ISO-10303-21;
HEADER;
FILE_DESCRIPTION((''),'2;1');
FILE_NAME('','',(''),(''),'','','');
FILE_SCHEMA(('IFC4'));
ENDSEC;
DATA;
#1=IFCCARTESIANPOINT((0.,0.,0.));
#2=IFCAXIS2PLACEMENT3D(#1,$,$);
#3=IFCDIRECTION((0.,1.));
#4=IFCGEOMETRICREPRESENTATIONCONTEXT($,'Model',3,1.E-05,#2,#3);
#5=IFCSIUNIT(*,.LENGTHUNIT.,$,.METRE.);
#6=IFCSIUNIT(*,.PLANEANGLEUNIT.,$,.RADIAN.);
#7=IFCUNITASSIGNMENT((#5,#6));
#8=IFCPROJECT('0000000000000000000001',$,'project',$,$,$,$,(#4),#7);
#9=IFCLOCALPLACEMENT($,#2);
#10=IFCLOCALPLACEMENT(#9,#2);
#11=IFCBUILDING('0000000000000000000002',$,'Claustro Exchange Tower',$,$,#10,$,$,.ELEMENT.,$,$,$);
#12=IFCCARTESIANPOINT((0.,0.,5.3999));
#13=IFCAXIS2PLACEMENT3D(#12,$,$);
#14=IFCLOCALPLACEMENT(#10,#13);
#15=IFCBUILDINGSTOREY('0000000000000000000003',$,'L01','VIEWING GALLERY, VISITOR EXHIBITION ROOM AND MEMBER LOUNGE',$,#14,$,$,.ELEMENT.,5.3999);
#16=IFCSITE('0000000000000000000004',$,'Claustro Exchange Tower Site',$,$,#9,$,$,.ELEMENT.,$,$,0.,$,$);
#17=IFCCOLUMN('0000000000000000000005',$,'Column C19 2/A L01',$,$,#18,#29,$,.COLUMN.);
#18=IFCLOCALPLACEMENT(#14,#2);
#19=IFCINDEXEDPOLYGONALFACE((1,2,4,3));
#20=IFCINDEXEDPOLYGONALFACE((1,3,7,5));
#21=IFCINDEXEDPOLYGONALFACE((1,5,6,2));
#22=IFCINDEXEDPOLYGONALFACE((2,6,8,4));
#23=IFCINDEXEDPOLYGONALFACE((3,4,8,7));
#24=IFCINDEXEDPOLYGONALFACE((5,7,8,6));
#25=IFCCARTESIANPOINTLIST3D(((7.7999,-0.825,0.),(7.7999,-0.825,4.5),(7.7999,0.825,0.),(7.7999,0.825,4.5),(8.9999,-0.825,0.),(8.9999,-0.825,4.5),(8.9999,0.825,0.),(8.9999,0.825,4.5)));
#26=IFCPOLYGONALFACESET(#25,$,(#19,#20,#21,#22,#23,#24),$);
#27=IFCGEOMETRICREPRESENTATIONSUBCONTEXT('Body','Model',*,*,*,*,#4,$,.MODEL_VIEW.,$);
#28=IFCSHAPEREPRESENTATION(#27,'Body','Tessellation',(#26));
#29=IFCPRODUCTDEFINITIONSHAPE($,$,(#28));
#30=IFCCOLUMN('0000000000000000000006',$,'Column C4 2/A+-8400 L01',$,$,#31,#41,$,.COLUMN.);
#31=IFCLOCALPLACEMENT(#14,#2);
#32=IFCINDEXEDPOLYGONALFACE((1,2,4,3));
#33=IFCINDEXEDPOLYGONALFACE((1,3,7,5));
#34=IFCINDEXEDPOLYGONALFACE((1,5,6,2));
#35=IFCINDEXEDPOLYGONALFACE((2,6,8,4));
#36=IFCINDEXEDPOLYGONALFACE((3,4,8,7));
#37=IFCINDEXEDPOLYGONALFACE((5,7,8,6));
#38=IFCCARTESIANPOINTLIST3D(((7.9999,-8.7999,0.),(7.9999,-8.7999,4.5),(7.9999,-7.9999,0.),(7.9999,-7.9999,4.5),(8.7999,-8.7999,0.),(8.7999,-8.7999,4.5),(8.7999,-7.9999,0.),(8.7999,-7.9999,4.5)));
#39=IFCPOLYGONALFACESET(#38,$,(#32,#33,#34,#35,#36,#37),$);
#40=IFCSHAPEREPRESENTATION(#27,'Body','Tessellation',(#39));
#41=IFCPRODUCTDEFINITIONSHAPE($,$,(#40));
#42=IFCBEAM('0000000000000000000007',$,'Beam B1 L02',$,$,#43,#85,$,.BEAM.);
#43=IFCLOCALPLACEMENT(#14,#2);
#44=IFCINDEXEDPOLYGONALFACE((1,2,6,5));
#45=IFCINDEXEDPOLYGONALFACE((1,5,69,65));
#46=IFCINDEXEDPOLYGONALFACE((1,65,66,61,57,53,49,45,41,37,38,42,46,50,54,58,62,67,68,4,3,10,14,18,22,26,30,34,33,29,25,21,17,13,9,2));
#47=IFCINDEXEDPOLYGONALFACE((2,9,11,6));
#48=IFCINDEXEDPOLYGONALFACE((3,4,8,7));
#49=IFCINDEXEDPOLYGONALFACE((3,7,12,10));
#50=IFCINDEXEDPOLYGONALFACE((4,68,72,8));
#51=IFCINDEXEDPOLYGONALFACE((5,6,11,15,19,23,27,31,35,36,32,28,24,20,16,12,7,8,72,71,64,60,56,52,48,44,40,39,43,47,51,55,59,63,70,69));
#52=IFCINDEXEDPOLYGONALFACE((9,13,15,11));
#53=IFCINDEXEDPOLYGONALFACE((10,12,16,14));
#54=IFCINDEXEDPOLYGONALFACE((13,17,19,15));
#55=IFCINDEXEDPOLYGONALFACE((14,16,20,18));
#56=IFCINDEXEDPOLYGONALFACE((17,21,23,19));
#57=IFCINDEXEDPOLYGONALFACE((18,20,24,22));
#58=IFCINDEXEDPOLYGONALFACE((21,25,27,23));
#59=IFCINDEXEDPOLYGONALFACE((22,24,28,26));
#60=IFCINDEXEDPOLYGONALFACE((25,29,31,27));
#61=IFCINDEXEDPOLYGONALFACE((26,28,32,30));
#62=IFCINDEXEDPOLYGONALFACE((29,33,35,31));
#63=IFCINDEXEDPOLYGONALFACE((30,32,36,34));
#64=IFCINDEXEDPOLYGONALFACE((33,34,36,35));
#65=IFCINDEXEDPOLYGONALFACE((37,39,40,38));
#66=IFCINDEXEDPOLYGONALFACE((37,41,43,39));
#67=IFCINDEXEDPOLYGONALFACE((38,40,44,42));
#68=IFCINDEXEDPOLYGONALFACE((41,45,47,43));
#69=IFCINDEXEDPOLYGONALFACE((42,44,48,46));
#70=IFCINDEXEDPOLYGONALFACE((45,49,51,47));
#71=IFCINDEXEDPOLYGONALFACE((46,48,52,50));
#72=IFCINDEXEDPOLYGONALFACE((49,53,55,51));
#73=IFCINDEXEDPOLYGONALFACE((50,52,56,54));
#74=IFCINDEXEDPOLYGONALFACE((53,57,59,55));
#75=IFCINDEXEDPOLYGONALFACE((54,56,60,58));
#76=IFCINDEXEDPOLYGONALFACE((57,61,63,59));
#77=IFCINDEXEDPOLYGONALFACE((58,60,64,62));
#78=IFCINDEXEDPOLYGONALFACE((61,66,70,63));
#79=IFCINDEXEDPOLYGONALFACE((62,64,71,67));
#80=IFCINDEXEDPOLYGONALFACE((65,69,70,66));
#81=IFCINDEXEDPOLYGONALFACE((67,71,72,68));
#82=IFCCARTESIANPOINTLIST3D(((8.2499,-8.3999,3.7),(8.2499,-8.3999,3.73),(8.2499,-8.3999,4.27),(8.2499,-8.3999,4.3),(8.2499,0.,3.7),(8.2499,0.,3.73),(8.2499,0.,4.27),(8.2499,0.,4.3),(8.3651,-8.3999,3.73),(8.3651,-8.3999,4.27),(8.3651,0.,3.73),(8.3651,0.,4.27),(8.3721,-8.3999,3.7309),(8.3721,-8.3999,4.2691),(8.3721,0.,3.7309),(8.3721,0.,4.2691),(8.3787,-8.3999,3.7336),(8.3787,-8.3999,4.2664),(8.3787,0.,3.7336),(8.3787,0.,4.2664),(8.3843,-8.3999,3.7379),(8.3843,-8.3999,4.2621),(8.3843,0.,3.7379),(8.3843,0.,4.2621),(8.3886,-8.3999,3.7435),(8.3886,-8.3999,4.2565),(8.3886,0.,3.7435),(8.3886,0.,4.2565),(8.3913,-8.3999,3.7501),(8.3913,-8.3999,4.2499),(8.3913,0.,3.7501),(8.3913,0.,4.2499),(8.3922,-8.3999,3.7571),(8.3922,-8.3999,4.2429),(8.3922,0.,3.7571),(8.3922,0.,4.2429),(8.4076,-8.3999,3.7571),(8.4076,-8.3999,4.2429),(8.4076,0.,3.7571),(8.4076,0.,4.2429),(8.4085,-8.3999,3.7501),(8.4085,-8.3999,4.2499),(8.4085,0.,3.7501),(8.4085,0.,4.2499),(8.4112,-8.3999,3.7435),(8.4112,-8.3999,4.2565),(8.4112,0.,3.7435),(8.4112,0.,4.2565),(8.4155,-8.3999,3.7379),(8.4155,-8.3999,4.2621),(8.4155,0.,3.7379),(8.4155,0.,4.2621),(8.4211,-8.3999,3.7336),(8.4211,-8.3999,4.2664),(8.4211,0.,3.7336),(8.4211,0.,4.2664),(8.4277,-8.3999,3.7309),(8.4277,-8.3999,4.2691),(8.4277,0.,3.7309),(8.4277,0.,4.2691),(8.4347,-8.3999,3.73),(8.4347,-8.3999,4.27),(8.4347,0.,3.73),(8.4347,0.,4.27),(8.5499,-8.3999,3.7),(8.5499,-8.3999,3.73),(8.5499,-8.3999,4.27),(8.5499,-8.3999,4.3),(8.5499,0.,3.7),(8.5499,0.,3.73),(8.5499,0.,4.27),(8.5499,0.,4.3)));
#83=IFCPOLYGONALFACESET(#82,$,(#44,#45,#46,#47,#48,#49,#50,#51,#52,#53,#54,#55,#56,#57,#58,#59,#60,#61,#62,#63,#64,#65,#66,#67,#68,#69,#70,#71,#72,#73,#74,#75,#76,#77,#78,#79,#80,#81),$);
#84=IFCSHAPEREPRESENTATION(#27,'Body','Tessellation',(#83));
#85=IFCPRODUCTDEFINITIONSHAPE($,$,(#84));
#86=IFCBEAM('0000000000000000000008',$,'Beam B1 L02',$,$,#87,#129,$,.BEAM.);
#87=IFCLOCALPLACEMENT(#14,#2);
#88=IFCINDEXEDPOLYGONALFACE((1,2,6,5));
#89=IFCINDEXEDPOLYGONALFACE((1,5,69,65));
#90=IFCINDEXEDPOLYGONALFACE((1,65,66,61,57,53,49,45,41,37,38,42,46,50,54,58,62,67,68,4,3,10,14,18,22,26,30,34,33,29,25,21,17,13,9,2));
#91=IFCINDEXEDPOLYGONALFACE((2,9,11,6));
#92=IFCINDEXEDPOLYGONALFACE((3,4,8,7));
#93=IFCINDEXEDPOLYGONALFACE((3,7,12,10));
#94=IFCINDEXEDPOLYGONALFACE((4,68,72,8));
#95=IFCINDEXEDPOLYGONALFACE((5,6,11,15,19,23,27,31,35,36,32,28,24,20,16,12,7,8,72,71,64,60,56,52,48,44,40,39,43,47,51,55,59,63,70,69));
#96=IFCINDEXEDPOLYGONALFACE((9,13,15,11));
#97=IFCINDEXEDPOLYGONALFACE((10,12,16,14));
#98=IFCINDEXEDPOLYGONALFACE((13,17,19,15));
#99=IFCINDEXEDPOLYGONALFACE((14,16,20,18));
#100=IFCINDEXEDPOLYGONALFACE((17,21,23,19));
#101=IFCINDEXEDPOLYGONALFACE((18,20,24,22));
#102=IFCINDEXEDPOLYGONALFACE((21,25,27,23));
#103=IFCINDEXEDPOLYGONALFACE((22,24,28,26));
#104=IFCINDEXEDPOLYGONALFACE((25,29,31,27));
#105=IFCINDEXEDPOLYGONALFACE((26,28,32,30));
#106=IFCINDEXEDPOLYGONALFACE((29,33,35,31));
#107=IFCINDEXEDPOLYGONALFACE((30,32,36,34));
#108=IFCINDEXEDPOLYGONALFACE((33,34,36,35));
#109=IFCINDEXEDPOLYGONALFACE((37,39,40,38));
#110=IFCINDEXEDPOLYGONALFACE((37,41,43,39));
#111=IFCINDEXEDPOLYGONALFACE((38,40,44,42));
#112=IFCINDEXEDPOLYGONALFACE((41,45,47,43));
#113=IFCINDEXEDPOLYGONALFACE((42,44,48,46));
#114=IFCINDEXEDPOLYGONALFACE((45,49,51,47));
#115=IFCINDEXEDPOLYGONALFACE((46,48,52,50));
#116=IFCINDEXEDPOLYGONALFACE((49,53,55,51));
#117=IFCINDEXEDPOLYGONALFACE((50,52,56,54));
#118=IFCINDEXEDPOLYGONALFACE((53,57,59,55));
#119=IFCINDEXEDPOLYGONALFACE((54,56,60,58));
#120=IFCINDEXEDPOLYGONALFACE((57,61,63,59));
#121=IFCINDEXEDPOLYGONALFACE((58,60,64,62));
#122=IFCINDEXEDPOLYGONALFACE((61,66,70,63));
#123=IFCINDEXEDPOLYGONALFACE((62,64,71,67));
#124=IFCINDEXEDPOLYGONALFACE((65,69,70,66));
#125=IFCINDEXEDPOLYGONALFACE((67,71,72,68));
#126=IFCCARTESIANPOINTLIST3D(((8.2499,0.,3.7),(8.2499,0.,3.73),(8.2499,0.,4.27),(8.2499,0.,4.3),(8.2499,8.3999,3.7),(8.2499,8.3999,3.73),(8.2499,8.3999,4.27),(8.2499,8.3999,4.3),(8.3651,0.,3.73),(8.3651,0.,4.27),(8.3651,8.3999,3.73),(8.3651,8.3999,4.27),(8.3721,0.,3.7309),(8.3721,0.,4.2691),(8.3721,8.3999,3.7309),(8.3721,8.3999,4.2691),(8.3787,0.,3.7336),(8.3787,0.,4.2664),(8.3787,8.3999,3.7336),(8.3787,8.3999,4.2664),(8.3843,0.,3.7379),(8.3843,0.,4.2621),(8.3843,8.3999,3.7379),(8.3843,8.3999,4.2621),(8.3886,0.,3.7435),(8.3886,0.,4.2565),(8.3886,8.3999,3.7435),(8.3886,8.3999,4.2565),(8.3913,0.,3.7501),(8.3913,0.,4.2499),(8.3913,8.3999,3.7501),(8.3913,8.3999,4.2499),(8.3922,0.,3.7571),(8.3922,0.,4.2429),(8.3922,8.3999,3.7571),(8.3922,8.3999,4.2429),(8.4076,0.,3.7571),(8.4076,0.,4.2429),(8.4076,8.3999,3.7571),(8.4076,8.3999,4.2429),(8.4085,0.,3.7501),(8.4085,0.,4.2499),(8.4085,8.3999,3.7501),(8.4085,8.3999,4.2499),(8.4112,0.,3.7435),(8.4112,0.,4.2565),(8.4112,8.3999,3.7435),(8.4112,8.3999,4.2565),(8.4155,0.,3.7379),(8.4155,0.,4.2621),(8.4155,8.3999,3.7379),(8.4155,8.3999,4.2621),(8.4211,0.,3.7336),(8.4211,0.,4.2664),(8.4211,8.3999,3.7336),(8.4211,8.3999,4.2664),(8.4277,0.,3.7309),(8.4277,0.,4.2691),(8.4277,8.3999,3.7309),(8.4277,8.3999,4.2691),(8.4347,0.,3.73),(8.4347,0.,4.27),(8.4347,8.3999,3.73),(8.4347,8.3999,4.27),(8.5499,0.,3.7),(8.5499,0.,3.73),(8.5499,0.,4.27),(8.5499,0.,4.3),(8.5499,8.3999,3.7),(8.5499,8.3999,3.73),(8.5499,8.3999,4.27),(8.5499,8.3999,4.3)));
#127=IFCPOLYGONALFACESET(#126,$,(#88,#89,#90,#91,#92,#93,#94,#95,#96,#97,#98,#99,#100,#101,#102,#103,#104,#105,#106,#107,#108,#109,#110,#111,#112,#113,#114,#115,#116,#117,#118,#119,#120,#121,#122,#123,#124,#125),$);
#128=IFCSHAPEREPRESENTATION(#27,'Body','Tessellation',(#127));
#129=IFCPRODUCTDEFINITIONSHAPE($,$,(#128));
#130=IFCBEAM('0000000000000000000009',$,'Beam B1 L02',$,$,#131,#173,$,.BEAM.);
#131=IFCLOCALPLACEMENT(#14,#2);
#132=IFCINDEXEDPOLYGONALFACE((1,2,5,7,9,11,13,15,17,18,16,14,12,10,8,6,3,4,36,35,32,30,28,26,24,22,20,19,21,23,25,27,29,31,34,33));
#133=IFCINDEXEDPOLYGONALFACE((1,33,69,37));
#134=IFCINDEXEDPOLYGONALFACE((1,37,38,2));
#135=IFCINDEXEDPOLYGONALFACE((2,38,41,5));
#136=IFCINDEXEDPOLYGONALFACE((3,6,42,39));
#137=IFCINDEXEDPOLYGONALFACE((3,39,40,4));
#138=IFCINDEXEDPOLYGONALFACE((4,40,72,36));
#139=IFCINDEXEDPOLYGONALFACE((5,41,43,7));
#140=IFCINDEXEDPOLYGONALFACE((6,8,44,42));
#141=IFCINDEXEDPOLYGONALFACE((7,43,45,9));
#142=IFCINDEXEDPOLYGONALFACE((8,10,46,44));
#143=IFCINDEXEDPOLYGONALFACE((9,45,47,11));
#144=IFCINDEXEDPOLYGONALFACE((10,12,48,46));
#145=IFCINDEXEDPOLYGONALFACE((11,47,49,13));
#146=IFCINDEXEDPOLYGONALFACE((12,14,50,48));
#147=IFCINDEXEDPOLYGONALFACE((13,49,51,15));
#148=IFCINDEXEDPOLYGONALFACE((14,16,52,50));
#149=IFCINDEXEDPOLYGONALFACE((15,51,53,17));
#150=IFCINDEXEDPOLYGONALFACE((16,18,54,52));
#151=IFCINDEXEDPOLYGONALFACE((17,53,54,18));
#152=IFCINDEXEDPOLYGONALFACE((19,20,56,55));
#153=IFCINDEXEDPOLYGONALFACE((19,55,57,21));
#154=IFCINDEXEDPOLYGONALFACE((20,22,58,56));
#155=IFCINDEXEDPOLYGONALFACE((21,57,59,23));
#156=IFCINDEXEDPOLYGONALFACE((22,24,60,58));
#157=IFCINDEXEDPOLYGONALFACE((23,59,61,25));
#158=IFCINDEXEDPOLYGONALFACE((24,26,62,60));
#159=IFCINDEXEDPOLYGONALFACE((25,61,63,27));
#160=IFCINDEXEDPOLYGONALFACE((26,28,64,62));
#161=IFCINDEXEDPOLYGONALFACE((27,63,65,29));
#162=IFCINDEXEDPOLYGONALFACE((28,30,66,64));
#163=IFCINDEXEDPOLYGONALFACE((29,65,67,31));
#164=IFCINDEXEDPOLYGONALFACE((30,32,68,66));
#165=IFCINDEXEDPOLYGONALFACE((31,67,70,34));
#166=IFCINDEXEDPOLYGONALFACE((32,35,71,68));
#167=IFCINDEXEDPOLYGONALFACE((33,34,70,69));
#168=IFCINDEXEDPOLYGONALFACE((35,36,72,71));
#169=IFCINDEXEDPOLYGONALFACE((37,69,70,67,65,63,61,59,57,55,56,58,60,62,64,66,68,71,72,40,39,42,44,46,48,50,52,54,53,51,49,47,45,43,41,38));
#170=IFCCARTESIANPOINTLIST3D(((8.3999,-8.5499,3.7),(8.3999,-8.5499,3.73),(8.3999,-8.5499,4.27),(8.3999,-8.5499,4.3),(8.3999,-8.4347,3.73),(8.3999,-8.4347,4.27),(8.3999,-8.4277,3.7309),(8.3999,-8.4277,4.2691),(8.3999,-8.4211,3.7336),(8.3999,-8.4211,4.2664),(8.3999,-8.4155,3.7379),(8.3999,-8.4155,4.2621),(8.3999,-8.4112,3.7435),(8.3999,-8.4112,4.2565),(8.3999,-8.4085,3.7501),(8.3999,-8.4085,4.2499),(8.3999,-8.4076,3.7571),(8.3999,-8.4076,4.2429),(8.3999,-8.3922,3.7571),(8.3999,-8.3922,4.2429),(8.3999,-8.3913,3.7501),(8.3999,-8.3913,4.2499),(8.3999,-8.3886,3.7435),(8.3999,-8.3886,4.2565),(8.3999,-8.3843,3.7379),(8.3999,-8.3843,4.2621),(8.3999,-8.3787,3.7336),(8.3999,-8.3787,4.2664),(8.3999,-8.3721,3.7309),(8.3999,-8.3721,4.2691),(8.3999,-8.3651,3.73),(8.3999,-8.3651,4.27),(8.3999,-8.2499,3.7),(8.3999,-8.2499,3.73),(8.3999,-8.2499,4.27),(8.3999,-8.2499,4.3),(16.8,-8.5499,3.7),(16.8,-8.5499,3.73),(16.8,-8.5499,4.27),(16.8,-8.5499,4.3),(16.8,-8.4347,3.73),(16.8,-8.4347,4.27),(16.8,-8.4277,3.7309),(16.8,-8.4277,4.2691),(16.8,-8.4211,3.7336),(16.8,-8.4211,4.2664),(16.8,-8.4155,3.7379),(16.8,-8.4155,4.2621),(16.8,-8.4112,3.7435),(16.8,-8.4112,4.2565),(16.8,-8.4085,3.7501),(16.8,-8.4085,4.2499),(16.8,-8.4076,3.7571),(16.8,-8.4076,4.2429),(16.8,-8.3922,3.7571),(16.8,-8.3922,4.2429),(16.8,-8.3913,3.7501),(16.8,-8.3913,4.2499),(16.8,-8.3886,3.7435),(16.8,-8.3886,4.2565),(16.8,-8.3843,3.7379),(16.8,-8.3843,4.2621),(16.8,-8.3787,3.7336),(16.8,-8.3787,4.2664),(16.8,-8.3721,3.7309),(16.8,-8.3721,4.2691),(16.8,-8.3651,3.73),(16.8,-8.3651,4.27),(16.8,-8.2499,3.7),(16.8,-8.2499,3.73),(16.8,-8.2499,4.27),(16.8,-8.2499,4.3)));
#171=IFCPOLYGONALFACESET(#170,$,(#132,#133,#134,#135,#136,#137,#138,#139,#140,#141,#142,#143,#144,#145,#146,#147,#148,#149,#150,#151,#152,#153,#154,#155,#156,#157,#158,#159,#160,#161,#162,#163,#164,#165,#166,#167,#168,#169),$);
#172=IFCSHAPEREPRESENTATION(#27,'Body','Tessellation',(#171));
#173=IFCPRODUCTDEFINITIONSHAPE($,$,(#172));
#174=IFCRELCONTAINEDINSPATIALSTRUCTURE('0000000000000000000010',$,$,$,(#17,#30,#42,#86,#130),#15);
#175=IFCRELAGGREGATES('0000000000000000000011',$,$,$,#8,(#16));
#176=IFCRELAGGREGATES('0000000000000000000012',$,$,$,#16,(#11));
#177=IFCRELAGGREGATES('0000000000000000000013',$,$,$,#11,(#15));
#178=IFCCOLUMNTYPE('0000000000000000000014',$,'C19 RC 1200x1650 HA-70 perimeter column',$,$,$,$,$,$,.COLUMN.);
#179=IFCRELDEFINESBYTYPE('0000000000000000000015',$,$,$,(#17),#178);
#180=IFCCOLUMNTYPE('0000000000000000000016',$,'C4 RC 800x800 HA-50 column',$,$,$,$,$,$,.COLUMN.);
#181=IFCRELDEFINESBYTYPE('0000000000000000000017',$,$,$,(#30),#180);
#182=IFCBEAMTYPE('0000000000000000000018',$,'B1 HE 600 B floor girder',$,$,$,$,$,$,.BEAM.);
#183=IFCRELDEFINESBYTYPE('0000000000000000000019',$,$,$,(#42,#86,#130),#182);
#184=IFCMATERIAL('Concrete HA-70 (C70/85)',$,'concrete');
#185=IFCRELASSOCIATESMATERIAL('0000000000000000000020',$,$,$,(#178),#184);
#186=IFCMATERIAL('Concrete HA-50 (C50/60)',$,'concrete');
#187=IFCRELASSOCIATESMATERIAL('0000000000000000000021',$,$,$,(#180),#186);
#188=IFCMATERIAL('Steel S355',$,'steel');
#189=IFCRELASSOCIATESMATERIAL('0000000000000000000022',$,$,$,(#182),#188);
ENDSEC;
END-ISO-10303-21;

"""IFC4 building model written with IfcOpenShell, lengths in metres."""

from ifc_helpers import new_model, si_unit, direction, frame, origin, origin_2d, place, context, subcontext, project, spatial, rectangle, i_section, extrude, material, material_profile, profile_set, type_object, element, save


model = new_model("IFC4")

# Units and contexts
model_context = context("Model", 3, precision=1e-05, world=origin(), true_north=direction((0.0, 1.0)))
body_context = subcontext(model_context, "Body", "Model", "MODEL_VIEW")
ifc_project = project(units=[si_unit("LENGTHUNIT", "METRE"), si_unit("PLANEANGLEUNIT", "RADIAN")], contexts=[model_context])

# Site, building, storey
site_placement = place(None, origin())
site = spatial("IfcSite", under=ifc_project, at=site_placement, Name="Claustro Exchange Tower Site", CompositionType="ELEMENT", RefElevation=0.0)
building_placement = place(site_placement, origin())
building = spatial("IfcBuilding", under=site, at=building_placement, Name="Claustro Exchange Tower", CompositionType="ELEMENT")
storey_placement = place(building_placement, frame((0.0, 0.0, 5.3999)))
storey = spatial("IfcBuildingStorey", under=building, at=storey_placement, Name="L01", Description="VIEWING GALLERY, VISITOR EXHIBITION ROOM AND MEMBER LOUNGE", CompositionType="ELEMENT", Elevation=5.3999)

# Columns
ifc_material_1 = material(Name="Concrete HA-70 (C70/85)", Category="concrete")
ifc_material_profile_1 = material_profile(ifc_material_1, rectangle(XDim=1.2, YDim=1.6499, at=origin_2d()), Name="RC 1200x1650")
ifc_profile_set_1 = profile_set([ifc_material_profile_1], Name="Concrete HA-70 (C70/85)")
column_type_1 = type_object("IfcColumnType", Name="C19 RC 1200x1650 HA-70 perimeter column", PredefinedType="COLUMN", material=ifc_profile_set_1)
column_1_placement = place(storey_placement, frame((8.3999, 0.0, 0.0), z_axis=(0.0, 0.0, 1.0), x_axis=(1.0, 0.0, 0.0)))
element("IfcColumn", 1, at=column_1_placement, inside=storey, type_object=column_type_1, Name="Column C19 2/A L01", PredefinedType="COLUMN", context=body_context, shape_type="SweptSolid", body=[
    extrude(rectangle(XDim=1.2, YDim=1.6499, at=origin_2d()), origin(), (0.0, 0.0, 1.0), 4.5),
])
ifc_material_2 = material(Name="Concrete HA-50 (C50/60)", Category="concrete")
ifc_material_profile_2 = material_profile(ifc_material_2, rectangle(XDim=0.8, YDim=0.8, at=origin_2d()), Name="RC 800x800")
ifc_profile_set_2 = profile_set([ifc_material_profile_2], Name="Concrete HA-50 (C50/60)")
column_type_2 = type_object("IfcColumnType", Name="C4 RC 800x800 HA-50 column", PredefinedType="COLUMN", material=ifc_profile_set_2)
column_2_placement = place(storey_placement, frame((8.3999, -8.3999, 0.0), z_axis=(0.0, 0.0, 1.0), x_axis=(1.0, 0.0, 0.0)))
element("IfcColumn", 2, at=column_2_placement, inside=storey, type_object=column_type_2, Name="Column C4 2/A+-8400 L01", PredefinedType="COLUMN", context=body_context, shape_type="SweptSolid", body=[
    extrude(rectangle(XDim=0.8, YDim=0.8, at=origin_2d()), origin(), (0.0, 0.0, 1.0), 4.5),
])

# Beams
ifc_material_3 = material(Name="Steel S355", Category="steel")
ifc_material_profile_3 = material_profile(ifc_material_3, i_section(OverallWidth=0.3, OverallDepth=0.6001, WebThickness=0.0154, FlangeThickness=0.03, FilletRadius=0.0271, at=origin_2d()), Name="HE 600 B")
ifc_profile_set_3 = profile_set([ifc_material_profile_3], Name="Steel S355")
beam_type_1 = type_object("IfcBeamType", Name="B1 HE 600 B floor girder", PredefinedType="BEAM", material=ifc_profile_set_3)
for number, where, z_axis, x_axis, name in (
    (3, (8.3999, -8.3999, 4.0), (0.0, 1.0, 0.0), (-1.0, 0.0, 0.0), "Beam B1 L02"),
    (4, (8.3999, 0.0, 4.0), (0.0, 1.0, 0.0), (-1.0, 0.0, 0.0), "Beam B1 L02"),
):
    element("IfcBeam", number, at=place(storey_placement, frame(where, z_axis=z_axis, x_axis=x_axis)), inside=storey, type_object=beam_type_1, Name=name, PredefinedType="BEAM", context=body_context, shape_type="SweptSolid", body=[
        extrude(i_section(OverallWidth=0.3, OverallDepth=0.6001, WebThickness=0.0154, FlangeThickness=0.03, FilletRadius=0.0271, at=origin_2d()), origin(), (0.0, 0.0, 1.0), 8.3999),
    ])
for number, where, z_axis, x_axis, name in (
    (5, (8.3999, -8.3999, 4.0), (1.0, 0.0, 0.0), (0.0, 1.0, 0.0), "Beam B1 L02"),
):
    element("IfcBeam", number, at=place(storey_placement, frame(where, z_axis=z_axis, x_axis=x_axis)), inside=storey, type_object=beam_type_1, Name=name, PredefinedType="BEAM", context=body_context, shape_type="SweptSolid", body=[
        extrude(i_section(OverallWidth=0.3, OverallDepth=0.6001, WebThickness=0.0154, FlangeThickness=0.03, FilletRadius=0.0271, at=origin_2d()), origin(), (0.0, 0.0, 1.0), 8.4001),
    ])

save(model, "model.ifc")
